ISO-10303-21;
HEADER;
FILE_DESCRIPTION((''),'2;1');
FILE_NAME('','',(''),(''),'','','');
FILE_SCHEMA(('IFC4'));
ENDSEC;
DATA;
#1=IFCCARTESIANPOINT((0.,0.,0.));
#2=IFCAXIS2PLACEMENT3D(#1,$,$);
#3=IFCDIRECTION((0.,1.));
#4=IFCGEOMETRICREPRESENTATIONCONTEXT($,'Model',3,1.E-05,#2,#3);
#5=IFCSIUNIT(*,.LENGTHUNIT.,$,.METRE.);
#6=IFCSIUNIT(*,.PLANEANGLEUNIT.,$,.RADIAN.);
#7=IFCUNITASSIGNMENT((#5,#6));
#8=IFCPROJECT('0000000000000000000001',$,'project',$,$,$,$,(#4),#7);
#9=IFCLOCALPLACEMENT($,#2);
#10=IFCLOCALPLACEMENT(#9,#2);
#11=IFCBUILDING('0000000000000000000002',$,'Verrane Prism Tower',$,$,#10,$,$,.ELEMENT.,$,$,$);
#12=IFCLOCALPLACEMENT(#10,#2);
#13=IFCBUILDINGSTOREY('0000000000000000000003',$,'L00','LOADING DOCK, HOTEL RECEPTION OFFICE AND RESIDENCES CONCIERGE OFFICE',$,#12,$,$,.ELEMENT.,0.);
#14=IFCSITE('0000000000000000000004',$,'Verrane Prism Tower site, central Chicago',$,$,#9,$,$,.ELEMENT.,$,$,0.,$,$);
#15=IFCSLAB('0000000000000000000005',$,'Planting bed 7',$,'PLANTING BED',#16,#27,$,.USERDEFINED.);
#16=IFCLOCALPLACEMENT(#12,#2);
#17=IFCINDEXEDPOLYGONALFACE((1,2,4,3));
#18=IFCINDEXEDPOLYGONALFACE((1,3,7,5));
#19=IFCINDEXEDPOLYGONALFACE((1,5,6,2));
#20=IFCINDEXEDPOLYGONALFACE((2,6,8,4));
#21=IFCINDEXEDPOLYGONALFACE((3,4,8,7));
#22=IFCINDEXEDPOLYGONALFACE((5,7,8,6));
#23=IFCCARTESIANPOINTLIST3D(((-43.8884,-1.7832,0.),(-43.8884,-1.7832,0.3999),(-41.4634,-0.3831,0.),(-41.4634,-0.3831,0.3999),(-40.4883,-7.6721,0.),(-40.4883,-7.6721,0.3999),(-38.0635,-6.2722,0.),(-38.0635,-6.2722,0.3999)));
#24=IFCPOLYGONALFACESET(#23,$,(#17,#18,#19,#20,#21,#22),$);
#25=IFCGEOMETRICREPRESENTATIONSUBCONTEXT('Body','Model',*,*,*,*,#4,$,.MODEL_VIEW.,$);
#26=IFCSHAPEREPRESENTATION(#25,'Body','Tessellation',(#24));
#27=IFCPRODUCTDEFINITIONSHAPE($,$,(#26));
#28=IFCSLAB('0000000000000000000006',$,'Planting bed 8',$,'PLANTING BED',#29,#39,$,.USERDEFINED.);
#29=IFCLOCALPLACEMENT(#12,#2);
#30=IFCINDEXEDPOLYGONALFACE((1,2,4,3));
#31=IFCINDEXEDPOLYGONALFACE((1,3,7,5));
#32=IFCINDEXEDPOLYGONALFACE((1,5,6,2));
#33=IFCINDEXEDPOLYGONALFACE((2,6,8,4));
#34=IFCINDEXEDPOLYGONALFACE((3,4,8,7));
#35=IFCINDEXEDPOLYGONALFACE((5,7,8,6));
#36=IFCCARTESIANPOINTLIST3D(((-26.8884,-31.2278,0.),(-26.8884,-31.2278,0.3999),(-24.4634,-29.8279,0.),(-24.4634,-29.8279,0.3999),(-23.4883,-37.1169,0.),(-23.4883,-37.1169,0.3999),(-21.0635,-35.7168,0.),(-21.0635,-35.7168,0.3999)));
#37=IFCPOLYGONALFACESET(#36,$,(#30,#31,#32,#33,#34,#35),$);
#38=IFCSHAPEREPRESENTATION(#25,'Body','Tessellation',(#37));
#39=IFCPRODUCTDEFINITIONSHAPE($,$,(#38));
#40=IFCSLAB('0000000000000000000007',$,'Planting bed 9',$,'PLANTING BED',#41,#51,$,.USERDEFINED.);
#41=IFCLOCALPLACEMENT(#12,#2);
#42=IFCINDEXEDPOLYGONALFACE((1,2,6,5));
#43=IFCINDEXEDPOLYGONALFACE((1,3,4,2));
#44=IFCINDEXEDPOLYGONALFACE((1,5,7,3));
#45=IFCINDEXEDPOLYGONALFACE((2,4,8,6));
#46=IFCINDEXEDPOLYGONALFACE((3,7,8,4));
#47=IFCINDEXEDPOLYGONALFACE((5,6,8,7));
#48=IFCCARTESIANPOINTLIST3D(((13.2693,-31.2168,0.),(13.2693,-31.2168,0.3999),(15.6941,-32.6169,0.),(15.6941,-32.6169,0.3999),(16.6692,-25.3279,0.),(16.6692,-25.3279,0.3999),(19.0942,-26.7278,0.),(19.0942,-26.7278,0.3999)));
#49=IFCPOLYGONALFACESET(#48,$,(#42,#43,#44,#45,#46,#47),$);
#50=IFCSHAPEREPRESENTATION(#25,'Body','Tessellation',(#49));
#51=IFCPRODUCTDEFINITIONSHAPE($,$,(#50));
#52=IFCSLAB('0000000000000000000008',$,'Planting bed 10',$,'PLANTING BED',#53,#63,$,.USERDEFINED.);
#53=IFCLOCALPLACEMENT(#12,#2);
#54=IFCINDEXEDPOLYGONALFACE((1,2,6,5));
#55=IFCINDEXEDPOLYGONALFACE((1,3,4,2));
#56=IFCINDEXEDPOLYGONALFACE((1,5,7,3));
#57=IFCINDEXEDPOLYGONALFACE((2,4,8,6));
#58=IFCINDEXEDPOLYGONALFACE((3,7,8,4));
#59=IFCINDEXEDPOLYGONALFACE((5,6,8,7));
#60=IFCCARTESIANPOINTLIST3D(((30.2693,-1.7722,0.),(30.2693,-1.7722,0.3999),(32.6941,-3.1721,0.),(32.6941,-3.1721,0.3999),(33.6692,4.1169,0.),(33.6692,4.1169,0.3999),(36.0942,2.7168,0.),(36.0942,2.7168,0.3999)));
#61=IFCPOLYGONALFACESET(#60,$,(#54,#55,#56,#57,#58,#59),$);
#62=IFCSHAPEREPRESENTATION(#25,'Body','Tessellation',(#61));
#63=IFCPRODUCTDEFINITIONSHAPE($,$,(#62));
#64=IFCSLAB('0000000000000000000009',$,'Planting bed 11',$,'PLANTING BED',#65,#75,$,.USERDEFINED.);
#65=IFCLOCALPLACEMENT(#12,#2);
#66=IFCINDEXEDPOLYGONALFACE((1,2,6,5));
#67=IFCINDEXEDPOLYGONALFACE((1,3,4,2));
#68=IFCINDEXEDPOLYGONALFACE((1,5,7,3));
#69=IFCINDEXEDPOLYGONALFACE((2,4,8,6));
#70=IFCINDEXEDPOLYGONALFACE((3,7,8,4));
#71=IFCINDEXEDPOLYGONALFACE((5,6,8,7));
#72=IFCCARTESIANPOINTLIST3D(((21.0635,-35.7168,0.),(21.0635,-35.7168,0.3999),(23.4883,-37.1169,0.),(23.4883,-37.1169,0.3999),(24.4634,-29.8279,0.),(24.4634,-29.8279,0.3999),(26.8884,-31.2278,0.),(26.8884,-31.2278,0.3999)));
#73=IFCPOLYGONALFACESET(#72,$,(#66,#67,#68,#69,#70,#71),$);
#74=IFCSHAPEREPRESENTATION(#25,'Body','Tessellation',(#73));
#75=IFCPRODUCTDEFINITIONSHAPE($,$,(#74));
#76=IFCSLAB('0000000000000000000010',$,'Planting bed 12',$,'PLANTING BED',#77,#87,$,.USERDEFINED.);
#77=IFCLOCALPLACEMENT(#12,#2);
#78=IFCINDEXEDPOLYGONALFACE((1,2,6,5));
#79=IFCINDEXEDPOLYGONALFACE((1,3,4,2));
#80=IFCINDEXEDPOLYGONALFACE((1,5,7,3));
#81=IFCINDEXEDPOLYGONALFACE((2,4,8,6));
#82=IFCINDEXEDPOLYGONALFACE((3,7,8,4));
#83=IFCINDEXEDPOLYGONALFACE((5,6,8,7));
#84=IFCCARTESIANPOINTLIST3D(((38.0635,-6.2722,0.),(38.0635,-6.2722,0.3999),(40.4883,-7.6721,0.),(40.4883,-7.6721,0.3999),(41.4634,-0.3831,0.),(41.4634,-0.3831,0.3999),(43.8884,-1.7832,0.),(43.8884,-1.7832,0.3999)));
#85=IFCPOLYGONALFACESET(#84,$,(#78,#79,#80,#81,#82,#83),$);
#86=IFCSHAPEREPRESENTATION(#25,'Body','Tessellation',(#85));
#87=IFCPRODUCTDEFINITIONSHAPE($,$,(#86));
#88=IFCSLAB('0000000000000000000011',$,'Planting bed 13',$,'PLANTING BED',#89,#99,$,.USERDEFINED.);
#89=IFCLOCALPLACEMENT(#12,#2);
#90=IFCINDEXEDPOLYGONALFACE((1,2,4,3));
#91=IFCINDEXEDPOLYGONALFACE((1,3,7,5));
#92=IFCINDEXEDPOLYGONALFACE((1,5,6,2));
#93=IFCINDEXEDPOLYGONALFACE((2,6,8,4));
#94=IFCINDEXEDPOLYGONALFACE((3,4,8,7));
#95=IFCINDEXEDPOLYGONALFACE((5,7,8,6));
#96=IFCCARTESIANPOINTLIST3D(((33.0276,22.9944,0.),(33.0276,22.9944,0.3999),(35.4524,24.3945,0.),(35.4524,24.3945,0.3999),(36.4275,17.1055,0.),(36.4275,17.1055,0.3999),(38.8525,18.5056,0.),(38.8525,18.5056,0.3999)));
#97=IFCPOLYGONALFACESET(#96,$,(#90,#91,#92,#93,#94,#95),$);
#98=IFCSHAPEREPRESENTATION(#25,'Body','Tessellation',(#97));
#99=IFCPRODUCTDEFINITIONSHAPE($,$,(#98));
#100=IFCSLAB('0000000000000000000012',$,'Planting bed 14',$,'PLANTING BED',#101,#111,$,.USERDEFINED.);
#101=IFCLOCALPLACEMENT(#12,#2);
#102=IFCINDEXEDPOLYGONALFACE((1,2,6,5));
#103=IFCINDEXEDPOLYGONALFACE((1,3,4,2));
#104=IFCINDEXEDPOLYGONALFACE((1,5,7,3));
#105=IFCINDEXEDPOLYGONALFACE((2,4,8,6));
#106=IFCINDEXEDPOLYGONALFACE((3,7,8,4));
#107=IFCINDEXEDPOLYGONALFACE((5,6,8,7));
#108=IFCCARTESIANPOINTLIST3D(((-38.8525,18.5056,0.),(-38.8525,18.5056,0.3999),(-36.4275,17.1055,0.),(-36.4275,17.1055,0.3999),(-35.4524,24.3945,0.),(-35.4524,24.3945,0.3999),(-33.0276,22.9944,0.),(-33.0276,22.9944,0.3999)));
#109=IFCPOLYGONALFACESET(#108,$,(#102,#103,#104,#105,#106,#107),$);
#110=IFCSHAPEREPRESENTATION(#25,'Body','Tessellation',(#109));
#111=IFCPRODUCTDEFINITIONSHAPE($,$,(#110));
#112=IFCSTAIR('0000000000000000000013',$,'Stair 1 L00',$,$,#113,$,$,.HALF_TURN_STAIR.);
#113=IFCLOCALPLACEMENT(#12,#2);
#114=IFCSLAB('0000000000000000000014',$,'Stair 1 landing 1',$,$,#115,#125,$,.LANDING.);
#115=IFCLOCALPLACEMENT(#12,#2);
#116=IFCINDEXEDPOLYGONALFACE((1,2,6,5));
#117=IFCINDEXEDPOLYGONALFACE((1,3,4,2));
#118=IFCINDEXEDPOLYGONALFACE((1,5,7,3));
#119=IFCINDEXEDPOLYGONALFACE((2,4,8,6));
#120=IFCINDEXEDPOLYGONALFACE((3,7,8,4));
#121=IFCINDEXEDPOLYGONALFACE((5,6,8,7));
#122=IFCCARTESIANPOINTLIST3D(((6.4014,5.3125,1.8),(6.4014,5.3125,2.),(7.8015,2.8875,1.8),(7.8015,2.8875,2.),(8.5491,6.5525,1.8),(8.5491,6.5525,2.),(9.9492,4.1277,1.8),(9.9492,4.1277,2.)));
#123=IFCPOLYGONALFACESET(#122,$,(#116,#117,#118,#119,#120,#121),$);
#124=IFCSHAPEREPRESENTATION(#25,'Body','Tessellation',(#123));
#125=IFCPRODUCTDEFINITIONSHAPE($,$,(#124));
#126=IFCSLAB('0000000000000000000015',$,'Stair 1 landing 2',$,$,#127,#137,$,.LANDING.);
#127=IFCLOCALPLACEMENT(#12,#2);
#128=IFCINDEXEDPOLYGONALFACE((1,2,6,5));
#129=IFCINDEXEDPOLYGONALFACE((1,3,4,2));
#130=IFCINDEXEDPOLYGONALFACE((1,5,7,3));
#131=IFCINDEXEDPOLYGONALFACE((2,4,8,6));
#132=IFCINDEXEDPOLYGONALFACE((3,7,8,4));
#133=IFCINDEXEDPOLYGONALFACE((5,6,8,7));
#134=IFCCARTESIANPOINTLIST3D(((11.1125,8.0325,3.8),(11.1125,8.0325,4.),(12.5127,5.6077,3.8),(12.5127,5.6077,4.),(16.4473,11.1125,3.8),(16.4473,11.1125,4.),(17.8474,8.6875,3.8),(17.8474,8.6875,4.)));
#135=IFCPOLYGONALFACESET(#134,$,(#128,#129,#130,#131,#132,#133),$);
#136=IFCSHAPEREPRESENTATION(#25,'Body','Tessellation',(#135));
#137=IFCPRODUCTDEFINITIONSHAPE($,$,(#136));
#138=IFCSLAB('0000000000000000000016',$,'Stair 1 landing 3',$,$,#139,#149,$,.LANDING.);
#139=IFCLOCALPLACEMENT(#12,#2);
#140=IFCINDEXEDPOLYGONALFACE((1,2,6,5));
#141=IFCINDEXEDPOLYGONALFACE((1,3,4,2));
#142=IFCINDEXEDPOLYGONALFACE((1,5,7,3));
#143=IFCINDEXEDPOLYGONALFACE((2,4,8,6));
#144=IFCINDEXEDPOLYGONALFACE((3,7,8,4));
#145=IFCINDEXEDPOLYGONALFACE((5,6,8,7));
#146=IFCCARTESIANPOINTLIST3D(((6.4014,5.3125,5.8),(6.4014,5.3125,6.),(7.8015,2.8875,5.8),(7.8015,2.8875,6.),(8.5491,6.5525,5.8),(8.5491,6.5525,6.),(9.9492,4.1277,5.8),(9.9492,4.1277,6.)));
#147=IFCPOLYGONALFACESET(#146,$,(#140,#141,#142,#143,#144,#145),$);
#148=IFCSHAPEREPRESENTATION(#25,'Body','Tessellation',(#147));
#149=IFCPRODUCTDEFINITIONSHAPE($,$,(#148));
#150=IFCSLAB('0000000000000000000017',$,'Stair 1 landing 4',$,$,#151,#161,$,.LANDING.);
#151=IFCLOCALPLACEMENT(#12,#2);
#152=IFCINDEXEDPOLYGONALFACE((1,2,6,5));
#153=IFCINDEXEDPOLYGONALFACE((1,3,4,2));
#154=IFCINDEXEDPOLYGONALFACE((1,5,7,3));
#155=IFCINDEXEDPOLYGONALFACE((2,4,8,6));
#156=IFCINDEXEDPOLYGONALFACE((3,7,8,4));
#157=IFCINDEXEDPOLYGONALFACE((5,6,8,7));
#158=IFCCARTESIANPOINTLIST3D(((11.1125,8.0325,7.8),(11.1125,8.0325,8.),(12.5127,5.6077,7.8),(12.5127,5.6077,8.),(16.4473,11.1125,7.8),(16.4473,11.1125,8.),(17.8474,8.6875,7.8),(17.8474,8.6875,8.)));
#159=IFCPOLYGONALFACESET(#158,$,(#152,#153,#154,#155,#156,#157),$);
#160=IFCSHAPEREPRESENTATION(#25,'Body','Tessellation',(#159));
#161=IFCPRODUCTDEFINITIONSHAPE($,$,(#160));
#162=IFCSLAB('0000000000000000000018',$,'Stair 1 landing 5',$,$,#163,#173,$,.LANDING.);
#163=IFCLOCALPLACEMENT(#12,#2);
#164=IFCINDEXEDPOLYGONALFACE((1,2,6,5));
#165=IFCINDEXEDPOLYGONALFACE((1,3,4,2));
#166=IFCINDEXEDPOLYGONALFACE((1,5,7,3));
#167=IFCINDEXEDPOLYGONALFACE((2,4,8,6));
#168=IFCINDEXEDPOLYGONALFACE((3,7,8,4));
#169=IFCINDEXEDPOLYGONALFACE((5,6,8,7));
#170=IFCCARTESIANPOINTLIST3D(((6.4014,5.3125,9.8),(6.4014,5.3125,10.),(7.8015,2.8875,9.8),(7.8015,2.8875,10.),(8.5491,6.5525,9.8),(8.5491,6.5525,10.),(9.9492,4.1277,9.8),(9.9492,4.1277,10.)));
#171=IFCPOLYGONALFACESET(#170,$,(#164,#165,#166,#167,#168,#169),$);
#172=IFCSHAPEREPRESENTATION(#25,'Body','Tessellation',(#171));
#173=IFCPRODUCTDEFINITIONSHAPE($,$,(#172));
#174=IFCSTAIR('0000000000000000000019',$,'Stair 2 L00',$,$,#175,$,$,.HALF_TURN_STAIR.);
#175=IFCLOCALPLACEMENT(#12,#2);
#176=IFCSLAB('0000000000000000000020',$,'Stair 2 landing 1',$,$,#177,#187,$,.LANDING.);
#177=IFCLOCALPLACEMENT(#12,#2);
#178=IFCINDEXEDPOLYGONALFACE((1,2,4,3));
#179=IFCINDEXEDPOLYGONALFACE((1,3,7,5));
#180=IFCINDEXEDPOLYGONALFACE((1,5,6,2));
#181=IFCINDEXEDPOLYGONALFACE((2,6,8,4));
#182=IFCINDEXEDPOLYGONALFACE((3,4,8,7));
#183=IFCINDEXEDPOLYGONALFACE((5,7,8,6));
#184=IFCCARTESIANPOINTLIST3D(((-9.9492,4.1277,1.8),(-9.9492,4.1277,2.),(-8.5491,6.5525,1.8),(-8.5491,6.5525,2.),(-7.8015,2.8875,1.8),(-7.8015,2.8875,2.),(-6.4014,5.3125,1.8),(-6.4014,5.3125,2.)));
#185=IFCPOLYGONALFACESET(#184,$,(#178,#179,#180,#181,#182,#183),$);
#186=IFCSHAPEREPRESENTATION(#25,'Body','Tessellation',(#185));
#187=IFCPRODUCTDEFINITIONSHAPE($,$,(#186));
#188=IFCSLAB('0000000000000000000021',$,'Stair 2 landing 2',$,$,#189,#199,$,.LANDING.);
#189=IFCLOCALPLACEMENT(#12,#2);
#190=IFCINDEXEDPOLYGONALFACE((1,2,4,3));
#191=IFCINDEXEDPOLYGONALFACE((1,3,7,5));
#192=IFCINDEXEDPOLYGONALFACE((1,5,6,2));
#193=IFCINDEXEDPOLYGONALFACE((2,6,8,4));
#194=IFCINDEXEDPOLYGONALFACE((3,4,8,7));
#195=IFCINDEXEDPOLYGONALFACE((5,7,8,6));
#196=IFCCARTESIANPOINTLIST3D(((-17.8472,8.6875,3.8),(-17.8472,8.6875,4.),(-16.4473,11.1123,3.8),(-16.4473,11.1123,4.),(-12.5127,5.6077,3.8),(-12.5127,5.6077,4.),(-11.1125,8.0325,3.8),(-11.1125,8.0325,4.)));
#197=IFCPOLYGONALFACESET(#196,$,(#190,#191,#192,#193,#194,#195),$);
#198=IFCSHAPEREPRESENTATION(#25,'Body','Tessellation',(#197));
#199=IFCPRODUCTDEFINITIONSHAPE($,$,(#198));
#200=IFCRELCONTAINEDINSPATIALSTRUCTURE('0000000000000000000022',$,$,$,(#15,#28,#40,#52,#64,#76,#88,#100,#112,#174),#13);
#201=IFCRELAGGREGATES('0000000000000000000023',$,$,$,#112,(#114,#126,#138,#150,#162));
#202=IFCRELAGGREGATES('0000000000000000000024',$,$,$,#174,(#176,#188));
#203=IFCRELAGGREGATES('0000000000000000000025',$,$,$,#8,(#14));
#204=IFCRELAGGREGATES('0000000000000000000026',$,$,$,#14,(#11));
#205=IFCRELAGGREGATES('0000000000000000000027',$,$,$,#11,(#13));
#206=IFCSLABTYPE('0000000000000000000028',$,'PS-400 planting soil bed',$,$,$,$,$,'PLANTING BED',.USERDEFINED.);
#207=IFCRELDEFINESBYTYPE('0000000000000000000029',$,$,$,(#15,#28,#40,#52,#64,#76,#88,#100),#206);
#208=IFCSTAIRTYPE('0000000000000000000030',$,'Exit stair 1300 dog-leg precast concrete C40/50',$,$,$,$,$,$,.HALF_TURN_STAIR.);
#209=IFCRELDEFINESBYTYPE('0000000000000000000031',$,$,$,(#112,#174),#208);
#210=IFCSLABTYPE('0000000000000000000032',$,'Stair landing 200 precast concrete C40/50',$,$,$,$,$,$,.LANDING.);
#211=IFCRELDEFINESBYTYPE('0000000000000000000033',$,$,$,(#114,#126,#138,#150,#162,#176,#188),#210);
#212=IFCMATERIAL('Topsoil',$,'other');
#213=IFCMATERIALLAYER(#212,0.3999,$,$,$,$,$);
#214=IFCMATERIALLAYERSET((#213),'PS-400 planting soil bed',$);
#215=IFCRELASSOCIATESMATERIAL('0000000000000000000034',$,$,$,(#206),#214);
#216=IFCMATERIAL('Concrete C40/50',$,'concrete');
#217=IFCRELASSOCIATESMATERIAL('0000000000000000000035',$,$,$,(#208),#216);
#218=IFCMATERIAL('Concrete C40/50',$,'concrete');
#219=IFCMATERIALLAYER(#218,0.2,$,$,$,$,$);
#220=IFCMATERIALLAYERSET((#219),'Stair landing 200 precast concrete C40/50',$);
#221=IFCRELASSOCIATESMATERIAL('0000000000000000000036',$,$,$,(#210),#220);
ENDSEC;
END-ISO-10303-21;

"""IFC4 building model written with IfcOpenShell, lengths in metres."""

from ifc_helpers import new_model, si_unit, direction, frame, origin, place, context, subcontext, project, spatial, polyline, outline, extrude, material, layer, layer_set, type_object, element, aggregate, save


model = new_model("IFC4")

# Units and contexts
model_context = context("Model", 3, precision=1e-05, world=origin(), true_north=direction((0.0, 1.0)))
body_context = subcontext(model_context, "Body", "Model", "MODEL_VIEW")
ifc_project = project(units=[si_unit("LENGTHUNIT", "METRE"), si_unit("PLANEANGLEUNIT", "RADIAN")], contexts=[model_context])

# Site, building, storey
site_placement = place(None, origin())
site = spatial("IfcSite", under=ifc_project, at=site_placement, Name="Verrane Prism Tower site, central Chicago", CompositionType="ELEMENT", RefElevation=0.0)
building_placement = place(site_placement, origin())
building = spatial("IfcBuilding", under=site, at=building_placement, Name="Verrane Prism Tower", CompositionType="ELEMENT")
storey_placement = place(building_placement, origin())
storey = spatial("IfcBuildingStorey", under=building, at=storey_placement, Name="L00", Description="LOADING DOCK, HOTEL RECEPTION OFFICE AND RESIDENCES CONCIERGE OFFICE", CompositionType="ELEMENT", Elevation=0.0)

# Slabs
ifc_material_1 = material(Name="Topsoil", Category="other")
ifc_layer_1 = layer(ifc_material_1, 0.3999)
ifc_layer_set_1 = layer_set([ifc_layer_1], Name="PS-400 planting soil bed")
slab_type_1 = type_object("IfcSlabType", Name="PS-400 planting soil bed", ElementType="PLANTING BED", PredefinedType="USERDEFINED", material=ifc_layer_set_1)
slab_1_placement = place(storey_placement, origin())
element("IfcSlab", 1, at=slab_1_placement, inside=storey, type_object=slab_type_1, Name="Planting bed 7", ObjectType="PLANTING BED", PredefinedType="USERDEFINED", context=body_context, shape_type="SweptSolid", body=[
    extrude(outline(polyline([(-43.8884, -1.7832), (-40.4883, -7.6721), (-38.0635, -6.2722), (-41.4634, -0.3831), (-43.8884, -1.7832)])), origin(), (0.0, 0.0, 1.0), 0.3999),
])
slab_2_placement = place(storey_placement, origin())
element("IfcSlab", 2, at=slab_2_placement, inside=storey, type_object=slab_type_1, Name="Planting bed 8", ObjectType="PLANTING BED", PredefinedType="USERDEFINED", context=body_context, shape_type="SweptSolid", body=[
    extrude(outline(polyline([(-26.8884, -31.2278), (-23.4883, -37.1169), (-21.0635, -35.7168), (-24.4634, -29.8279), (-26.8884, -31.2278)])), origin(), (0.0, 0.0, 1.0), 0.3999),
])
slab_3_placement = place(storey_placement, origin())
element("IfcSlab", 3, at=slab_3_placement, inside=storey, type_object=slab_type_1, Name="Planting bed 9", ObjectType="PLANTING BED", PredefinedType="USERDEFINED", context=body_context, shape_type="SweptSolid", body=[
    extrude(outline(polyline([(15.6941, -32.6169), (19.0942, -26.7278), (16.6692, -25.3279), (13.2693, -31.2168), (15.6941, -32.6169)])), origin(), (0.0, 0.0, 1.0), 0.3999),
])
slab_4_placement = place(storey_placement, origin())
element("IfcSlab", 4, at=slab_4_placement, inside=storey, type_object=slab_type_1, Name="Planting bed 10", ObjectType="PLANTING BED", PredefinedType="USERDEFINED", context=body_context, shape_type="SweptSolid", body=[
    extrude(outline(polyline([(32.6941, -3.1721), (36.0942, 2.7168), (33.6692, 4.1169), (30.2693, -1.7722), (32.6941, -3.1721)])), origin(), (0.0, 0.0, 1.0), 0.3999),
])
slab_5_placement = place(storey_placement, origin())
element("IfcSlab", 5, at=slab_5_placement, inside=storey, type_object=slab_type_1, Name="Planting bed 11", ObjectType="PLANTING BED", PredefinedType="USERDEFINED", context=body_context, shape_type="SweptSolid", body=[
    extrude(outline(polyline([(23.4883, -37.1169), (26.8884, -31.2278), (24.4634, -29.8279), (21.0635, -35.7168), (23.4883, -37.1169)])), origin(), (0.0, 0.0, 1.0), 0.3999),
])
slab_6_placement = place(storey_placement, origin())
element("IfcSlab", 6, at=slab_6_placement, inside=storey, type_object=slab_type_1, Name="Planting bed 12", ObjectType="PLANTING BED", PredefinedType="USERDEFINED", context=body_context, shape_type="SweptSolid", body=[
    extrude(outline(polyline([(40.4883, -7.6721), (43.8884, -1.7832), (41.4634, -0.3831), (38.0635, -6.2722), (40.4883, -7.6721)])), origin(), (0.0, 0.0, 1.0), 0.3999),
])
slab_7_placement = place(storey_placement, origin())
element("IfcSlab", 7, at=slab_7_placement, inside=storey, type_object=slab_type_1, Name="Planting bed 13", ObjectType="PLANTING BED", PredefinedType="USERDEFINED", context=body_context, shape_type="SweptSolid", body=[
    extrude(outline(polyline([(38.8525, 18.5056), (35.4524, 24.3945), (33.0276, 22.9944), (36.4275, 17.1055), (38.8525, 18.5056)])), origin(), (0.0, 0.0, 1.0), 0.3999),
])
slab_8_placement = place(storey_placement, origin())
element("IfcSlab", 8, at=slab_8_placement, inside=storey, type_object=slab_type_1, Name="Planting bed 14", ObjectType="PLANTING BED", PredefinedType="USERDEFINED", context=body_context, shape_type="SweptSolid", body=[
    extrude(outline(polyline([(-35.4524, 24.3945), (-38.8525, 18.5056), (-36.4275, 17.1055), (-33.0276, 22.9944), (-35.4524, 24.3945)])), origin(), (0.0, 0.0, 1.0), 0.3999),
])

# Stairs, slabs
ifc_material_2 = material(Name="Concrete C40/50", Category="concrete")
stair_type = type_object("IfcStairType", Name="Exit stair 1300 dog-leg precast concrete C40/50", PredefinedType="HALF_TURN_STAIR", material=ifc_material_2)
stair_1_placement = place(storey_placement, origin())
stair_1 = element("IfcStair", 9, at=stair_1_placement, inside=storey, type_object=stair_type, Name="Stair 1 L00", PredefinedType="HALF_TURN_STAIR")
ifc_material_3 = material(Name="Concrete C40/50", Category="concrete")
ifc_layer_2 = layer(ifc_material_3, 0.2)
ifc_layer_set_2 = layer_set([ifc_layer_2], Name="Stair landing 200 precast concrete C40/50")
slab_type_2 = type_object("IfcSlabType", Name="Stair landing 200 precast concrete C40/50", PredefinedType="LANDING", material=ifc_layer_set_2)
slab_9_placement = place(storey_placement, frame((0.0, 0.0, 1.8)))
slab_9 = element("IfcSlab", 10, at=slab_9_placement, type_object=slab_type_2, Name="Stair 1 landing 1", PredefinedType="LANDING", context=body_context, shape_type="SweptSolid", body=[
    extrude(outline(polyline([(8.5491, 6.5525), (6.4014, 5.3125), (7.8015, 2.8875), (9.9492, 4.1277), (8.5491, 6.5525)])), origin(), (0.0, 0.0, 1.0), 0.2),
])
slab_10_placement = place(storey_placement, frame((0.0, 0.0, 3.8)))
slab_10 = element("IfcSlab", 11, at=slab_10_placement, type_object=slab_type_2, Name="Stair 1 landing 2", PredefinedType="LANDING", context=body_context, shape_type="SweptSolid", body=[
    extrude(outline(polyline([(16.4473, 11.1125), (11.1125, 8.0325), (12.5127, 5.6077), (17.8474, 8.6875), (16.4473, 11.1125)])), origin(), (0.0, 0.0, 1.0), 0.2),
])
slab_11_placement = place(storey_placement, frame((0.0, 0.0, 5.8)))
slab_11 = element("IfcSlab", 12, at=slab_11_placement, type_object=slab_type_2, Name="Stair 1 landing 3", PredefinedType="LANDING", context=body_context, shape_type="SweptSolid", body=[
    extrude(outline(polyline([(8.5491, 6.5525), (6.4014, 5.3125), (7.8015, 2.8875), (9.9492, 4.1277), (8.5491, 6.5525)])), origin(), (0.0, 0.0, 1.0), 0.2),
])
slab_12_placement = place(storey_placement, frame((0.0, 0.0, 7.8)))
slab_12 = element("IfcSlab", 13, at=slab_12_placement, type_object=slab_type_2, Name="Stair 1 landing 4", PredefinedType="LANDING", context=body_context, shape_type="SweptSolid", body=[
    extrude(outline(polyline([(16.4473, 11.1125), (11.1125, 8.0325), (12.5127, 5.6077), (17.8474, 8.6875), (16.4473, 11.1125)])), origin(), (0.0, 0.0, 1.0), 0.2),
])
slab_13_placement = place(storey_placement, frame((0.0, 0.0, 9.8)))
slab_13 = element("IfcSlab", 14, at=slab_13_placement, type_object=slab_type_2, Name="Stair 1 landing 5", PredefinedType="LANDING", context=body_context, shape_type="SweptSolid", body=[
    extrude(outline(polyline([(8.5491, 6.5525), (6.4014, 5.3125), (7.8015, 2.8875), (9.9492, 4.1277), (8.5491, 6.5525)])), origin(), (0.0, 0.0, 1.0), 0.2),
])
aggregate(stair_1, [slab_9, slab_10, slab_11, slab_12, slab_13])
stair_2_placement = place(storey_placement, origin())
stair_2 = element("IfcStair", 15, at=stair_2_placement, inside=storey, type_object=stair_type, Name="Stair 2 L00", PredefinedType="HALF_TURN_STAIR")
slab_14_placement = place(storey_placement, frame((0.0, 0.0, 1.8)))
slab_14 = element("IfcSlab", 16, at=slab_14_placement, type_object=slab_type_2, Name="Stair 2 landing 1", PredefinedType="LANDING", context=body_context, shape_type="SweptSolid", body=[
    extrude(outline(polyline([(-9.9492, 4.1277), (-7.8015, 2.8875), (-6.4014, 5.3125), (-8.5491, 6.5525), (-9.9492, 4.1277)])), origin(), (0.0, 0.0, 1.0), 0.2),
])
slab_15_placement = place(storey_placement, frame((0.0, 0.0, 3.8)))
slab_15 = element("IfcSlab", 17, at=slab_15_placement, type_object=slab_type_2, Name="Stair 2 landing 2", PredefinedType="LANDING", context=body_context, shape_type="SweptSolid", body=[
    extrude(outline(polyline([(-17.8472, 8.6875), (-12.5127, 5.6077), (-11.1125, 8.0325), (-16.4473, 11.1123), (-17.8472, 8.6875)])), origin(), (0.0, 0.0, 1.0), 0.2),
])
aggregate(stair_2, [slab_14, slab_15])

save(model, "model.ifc")
